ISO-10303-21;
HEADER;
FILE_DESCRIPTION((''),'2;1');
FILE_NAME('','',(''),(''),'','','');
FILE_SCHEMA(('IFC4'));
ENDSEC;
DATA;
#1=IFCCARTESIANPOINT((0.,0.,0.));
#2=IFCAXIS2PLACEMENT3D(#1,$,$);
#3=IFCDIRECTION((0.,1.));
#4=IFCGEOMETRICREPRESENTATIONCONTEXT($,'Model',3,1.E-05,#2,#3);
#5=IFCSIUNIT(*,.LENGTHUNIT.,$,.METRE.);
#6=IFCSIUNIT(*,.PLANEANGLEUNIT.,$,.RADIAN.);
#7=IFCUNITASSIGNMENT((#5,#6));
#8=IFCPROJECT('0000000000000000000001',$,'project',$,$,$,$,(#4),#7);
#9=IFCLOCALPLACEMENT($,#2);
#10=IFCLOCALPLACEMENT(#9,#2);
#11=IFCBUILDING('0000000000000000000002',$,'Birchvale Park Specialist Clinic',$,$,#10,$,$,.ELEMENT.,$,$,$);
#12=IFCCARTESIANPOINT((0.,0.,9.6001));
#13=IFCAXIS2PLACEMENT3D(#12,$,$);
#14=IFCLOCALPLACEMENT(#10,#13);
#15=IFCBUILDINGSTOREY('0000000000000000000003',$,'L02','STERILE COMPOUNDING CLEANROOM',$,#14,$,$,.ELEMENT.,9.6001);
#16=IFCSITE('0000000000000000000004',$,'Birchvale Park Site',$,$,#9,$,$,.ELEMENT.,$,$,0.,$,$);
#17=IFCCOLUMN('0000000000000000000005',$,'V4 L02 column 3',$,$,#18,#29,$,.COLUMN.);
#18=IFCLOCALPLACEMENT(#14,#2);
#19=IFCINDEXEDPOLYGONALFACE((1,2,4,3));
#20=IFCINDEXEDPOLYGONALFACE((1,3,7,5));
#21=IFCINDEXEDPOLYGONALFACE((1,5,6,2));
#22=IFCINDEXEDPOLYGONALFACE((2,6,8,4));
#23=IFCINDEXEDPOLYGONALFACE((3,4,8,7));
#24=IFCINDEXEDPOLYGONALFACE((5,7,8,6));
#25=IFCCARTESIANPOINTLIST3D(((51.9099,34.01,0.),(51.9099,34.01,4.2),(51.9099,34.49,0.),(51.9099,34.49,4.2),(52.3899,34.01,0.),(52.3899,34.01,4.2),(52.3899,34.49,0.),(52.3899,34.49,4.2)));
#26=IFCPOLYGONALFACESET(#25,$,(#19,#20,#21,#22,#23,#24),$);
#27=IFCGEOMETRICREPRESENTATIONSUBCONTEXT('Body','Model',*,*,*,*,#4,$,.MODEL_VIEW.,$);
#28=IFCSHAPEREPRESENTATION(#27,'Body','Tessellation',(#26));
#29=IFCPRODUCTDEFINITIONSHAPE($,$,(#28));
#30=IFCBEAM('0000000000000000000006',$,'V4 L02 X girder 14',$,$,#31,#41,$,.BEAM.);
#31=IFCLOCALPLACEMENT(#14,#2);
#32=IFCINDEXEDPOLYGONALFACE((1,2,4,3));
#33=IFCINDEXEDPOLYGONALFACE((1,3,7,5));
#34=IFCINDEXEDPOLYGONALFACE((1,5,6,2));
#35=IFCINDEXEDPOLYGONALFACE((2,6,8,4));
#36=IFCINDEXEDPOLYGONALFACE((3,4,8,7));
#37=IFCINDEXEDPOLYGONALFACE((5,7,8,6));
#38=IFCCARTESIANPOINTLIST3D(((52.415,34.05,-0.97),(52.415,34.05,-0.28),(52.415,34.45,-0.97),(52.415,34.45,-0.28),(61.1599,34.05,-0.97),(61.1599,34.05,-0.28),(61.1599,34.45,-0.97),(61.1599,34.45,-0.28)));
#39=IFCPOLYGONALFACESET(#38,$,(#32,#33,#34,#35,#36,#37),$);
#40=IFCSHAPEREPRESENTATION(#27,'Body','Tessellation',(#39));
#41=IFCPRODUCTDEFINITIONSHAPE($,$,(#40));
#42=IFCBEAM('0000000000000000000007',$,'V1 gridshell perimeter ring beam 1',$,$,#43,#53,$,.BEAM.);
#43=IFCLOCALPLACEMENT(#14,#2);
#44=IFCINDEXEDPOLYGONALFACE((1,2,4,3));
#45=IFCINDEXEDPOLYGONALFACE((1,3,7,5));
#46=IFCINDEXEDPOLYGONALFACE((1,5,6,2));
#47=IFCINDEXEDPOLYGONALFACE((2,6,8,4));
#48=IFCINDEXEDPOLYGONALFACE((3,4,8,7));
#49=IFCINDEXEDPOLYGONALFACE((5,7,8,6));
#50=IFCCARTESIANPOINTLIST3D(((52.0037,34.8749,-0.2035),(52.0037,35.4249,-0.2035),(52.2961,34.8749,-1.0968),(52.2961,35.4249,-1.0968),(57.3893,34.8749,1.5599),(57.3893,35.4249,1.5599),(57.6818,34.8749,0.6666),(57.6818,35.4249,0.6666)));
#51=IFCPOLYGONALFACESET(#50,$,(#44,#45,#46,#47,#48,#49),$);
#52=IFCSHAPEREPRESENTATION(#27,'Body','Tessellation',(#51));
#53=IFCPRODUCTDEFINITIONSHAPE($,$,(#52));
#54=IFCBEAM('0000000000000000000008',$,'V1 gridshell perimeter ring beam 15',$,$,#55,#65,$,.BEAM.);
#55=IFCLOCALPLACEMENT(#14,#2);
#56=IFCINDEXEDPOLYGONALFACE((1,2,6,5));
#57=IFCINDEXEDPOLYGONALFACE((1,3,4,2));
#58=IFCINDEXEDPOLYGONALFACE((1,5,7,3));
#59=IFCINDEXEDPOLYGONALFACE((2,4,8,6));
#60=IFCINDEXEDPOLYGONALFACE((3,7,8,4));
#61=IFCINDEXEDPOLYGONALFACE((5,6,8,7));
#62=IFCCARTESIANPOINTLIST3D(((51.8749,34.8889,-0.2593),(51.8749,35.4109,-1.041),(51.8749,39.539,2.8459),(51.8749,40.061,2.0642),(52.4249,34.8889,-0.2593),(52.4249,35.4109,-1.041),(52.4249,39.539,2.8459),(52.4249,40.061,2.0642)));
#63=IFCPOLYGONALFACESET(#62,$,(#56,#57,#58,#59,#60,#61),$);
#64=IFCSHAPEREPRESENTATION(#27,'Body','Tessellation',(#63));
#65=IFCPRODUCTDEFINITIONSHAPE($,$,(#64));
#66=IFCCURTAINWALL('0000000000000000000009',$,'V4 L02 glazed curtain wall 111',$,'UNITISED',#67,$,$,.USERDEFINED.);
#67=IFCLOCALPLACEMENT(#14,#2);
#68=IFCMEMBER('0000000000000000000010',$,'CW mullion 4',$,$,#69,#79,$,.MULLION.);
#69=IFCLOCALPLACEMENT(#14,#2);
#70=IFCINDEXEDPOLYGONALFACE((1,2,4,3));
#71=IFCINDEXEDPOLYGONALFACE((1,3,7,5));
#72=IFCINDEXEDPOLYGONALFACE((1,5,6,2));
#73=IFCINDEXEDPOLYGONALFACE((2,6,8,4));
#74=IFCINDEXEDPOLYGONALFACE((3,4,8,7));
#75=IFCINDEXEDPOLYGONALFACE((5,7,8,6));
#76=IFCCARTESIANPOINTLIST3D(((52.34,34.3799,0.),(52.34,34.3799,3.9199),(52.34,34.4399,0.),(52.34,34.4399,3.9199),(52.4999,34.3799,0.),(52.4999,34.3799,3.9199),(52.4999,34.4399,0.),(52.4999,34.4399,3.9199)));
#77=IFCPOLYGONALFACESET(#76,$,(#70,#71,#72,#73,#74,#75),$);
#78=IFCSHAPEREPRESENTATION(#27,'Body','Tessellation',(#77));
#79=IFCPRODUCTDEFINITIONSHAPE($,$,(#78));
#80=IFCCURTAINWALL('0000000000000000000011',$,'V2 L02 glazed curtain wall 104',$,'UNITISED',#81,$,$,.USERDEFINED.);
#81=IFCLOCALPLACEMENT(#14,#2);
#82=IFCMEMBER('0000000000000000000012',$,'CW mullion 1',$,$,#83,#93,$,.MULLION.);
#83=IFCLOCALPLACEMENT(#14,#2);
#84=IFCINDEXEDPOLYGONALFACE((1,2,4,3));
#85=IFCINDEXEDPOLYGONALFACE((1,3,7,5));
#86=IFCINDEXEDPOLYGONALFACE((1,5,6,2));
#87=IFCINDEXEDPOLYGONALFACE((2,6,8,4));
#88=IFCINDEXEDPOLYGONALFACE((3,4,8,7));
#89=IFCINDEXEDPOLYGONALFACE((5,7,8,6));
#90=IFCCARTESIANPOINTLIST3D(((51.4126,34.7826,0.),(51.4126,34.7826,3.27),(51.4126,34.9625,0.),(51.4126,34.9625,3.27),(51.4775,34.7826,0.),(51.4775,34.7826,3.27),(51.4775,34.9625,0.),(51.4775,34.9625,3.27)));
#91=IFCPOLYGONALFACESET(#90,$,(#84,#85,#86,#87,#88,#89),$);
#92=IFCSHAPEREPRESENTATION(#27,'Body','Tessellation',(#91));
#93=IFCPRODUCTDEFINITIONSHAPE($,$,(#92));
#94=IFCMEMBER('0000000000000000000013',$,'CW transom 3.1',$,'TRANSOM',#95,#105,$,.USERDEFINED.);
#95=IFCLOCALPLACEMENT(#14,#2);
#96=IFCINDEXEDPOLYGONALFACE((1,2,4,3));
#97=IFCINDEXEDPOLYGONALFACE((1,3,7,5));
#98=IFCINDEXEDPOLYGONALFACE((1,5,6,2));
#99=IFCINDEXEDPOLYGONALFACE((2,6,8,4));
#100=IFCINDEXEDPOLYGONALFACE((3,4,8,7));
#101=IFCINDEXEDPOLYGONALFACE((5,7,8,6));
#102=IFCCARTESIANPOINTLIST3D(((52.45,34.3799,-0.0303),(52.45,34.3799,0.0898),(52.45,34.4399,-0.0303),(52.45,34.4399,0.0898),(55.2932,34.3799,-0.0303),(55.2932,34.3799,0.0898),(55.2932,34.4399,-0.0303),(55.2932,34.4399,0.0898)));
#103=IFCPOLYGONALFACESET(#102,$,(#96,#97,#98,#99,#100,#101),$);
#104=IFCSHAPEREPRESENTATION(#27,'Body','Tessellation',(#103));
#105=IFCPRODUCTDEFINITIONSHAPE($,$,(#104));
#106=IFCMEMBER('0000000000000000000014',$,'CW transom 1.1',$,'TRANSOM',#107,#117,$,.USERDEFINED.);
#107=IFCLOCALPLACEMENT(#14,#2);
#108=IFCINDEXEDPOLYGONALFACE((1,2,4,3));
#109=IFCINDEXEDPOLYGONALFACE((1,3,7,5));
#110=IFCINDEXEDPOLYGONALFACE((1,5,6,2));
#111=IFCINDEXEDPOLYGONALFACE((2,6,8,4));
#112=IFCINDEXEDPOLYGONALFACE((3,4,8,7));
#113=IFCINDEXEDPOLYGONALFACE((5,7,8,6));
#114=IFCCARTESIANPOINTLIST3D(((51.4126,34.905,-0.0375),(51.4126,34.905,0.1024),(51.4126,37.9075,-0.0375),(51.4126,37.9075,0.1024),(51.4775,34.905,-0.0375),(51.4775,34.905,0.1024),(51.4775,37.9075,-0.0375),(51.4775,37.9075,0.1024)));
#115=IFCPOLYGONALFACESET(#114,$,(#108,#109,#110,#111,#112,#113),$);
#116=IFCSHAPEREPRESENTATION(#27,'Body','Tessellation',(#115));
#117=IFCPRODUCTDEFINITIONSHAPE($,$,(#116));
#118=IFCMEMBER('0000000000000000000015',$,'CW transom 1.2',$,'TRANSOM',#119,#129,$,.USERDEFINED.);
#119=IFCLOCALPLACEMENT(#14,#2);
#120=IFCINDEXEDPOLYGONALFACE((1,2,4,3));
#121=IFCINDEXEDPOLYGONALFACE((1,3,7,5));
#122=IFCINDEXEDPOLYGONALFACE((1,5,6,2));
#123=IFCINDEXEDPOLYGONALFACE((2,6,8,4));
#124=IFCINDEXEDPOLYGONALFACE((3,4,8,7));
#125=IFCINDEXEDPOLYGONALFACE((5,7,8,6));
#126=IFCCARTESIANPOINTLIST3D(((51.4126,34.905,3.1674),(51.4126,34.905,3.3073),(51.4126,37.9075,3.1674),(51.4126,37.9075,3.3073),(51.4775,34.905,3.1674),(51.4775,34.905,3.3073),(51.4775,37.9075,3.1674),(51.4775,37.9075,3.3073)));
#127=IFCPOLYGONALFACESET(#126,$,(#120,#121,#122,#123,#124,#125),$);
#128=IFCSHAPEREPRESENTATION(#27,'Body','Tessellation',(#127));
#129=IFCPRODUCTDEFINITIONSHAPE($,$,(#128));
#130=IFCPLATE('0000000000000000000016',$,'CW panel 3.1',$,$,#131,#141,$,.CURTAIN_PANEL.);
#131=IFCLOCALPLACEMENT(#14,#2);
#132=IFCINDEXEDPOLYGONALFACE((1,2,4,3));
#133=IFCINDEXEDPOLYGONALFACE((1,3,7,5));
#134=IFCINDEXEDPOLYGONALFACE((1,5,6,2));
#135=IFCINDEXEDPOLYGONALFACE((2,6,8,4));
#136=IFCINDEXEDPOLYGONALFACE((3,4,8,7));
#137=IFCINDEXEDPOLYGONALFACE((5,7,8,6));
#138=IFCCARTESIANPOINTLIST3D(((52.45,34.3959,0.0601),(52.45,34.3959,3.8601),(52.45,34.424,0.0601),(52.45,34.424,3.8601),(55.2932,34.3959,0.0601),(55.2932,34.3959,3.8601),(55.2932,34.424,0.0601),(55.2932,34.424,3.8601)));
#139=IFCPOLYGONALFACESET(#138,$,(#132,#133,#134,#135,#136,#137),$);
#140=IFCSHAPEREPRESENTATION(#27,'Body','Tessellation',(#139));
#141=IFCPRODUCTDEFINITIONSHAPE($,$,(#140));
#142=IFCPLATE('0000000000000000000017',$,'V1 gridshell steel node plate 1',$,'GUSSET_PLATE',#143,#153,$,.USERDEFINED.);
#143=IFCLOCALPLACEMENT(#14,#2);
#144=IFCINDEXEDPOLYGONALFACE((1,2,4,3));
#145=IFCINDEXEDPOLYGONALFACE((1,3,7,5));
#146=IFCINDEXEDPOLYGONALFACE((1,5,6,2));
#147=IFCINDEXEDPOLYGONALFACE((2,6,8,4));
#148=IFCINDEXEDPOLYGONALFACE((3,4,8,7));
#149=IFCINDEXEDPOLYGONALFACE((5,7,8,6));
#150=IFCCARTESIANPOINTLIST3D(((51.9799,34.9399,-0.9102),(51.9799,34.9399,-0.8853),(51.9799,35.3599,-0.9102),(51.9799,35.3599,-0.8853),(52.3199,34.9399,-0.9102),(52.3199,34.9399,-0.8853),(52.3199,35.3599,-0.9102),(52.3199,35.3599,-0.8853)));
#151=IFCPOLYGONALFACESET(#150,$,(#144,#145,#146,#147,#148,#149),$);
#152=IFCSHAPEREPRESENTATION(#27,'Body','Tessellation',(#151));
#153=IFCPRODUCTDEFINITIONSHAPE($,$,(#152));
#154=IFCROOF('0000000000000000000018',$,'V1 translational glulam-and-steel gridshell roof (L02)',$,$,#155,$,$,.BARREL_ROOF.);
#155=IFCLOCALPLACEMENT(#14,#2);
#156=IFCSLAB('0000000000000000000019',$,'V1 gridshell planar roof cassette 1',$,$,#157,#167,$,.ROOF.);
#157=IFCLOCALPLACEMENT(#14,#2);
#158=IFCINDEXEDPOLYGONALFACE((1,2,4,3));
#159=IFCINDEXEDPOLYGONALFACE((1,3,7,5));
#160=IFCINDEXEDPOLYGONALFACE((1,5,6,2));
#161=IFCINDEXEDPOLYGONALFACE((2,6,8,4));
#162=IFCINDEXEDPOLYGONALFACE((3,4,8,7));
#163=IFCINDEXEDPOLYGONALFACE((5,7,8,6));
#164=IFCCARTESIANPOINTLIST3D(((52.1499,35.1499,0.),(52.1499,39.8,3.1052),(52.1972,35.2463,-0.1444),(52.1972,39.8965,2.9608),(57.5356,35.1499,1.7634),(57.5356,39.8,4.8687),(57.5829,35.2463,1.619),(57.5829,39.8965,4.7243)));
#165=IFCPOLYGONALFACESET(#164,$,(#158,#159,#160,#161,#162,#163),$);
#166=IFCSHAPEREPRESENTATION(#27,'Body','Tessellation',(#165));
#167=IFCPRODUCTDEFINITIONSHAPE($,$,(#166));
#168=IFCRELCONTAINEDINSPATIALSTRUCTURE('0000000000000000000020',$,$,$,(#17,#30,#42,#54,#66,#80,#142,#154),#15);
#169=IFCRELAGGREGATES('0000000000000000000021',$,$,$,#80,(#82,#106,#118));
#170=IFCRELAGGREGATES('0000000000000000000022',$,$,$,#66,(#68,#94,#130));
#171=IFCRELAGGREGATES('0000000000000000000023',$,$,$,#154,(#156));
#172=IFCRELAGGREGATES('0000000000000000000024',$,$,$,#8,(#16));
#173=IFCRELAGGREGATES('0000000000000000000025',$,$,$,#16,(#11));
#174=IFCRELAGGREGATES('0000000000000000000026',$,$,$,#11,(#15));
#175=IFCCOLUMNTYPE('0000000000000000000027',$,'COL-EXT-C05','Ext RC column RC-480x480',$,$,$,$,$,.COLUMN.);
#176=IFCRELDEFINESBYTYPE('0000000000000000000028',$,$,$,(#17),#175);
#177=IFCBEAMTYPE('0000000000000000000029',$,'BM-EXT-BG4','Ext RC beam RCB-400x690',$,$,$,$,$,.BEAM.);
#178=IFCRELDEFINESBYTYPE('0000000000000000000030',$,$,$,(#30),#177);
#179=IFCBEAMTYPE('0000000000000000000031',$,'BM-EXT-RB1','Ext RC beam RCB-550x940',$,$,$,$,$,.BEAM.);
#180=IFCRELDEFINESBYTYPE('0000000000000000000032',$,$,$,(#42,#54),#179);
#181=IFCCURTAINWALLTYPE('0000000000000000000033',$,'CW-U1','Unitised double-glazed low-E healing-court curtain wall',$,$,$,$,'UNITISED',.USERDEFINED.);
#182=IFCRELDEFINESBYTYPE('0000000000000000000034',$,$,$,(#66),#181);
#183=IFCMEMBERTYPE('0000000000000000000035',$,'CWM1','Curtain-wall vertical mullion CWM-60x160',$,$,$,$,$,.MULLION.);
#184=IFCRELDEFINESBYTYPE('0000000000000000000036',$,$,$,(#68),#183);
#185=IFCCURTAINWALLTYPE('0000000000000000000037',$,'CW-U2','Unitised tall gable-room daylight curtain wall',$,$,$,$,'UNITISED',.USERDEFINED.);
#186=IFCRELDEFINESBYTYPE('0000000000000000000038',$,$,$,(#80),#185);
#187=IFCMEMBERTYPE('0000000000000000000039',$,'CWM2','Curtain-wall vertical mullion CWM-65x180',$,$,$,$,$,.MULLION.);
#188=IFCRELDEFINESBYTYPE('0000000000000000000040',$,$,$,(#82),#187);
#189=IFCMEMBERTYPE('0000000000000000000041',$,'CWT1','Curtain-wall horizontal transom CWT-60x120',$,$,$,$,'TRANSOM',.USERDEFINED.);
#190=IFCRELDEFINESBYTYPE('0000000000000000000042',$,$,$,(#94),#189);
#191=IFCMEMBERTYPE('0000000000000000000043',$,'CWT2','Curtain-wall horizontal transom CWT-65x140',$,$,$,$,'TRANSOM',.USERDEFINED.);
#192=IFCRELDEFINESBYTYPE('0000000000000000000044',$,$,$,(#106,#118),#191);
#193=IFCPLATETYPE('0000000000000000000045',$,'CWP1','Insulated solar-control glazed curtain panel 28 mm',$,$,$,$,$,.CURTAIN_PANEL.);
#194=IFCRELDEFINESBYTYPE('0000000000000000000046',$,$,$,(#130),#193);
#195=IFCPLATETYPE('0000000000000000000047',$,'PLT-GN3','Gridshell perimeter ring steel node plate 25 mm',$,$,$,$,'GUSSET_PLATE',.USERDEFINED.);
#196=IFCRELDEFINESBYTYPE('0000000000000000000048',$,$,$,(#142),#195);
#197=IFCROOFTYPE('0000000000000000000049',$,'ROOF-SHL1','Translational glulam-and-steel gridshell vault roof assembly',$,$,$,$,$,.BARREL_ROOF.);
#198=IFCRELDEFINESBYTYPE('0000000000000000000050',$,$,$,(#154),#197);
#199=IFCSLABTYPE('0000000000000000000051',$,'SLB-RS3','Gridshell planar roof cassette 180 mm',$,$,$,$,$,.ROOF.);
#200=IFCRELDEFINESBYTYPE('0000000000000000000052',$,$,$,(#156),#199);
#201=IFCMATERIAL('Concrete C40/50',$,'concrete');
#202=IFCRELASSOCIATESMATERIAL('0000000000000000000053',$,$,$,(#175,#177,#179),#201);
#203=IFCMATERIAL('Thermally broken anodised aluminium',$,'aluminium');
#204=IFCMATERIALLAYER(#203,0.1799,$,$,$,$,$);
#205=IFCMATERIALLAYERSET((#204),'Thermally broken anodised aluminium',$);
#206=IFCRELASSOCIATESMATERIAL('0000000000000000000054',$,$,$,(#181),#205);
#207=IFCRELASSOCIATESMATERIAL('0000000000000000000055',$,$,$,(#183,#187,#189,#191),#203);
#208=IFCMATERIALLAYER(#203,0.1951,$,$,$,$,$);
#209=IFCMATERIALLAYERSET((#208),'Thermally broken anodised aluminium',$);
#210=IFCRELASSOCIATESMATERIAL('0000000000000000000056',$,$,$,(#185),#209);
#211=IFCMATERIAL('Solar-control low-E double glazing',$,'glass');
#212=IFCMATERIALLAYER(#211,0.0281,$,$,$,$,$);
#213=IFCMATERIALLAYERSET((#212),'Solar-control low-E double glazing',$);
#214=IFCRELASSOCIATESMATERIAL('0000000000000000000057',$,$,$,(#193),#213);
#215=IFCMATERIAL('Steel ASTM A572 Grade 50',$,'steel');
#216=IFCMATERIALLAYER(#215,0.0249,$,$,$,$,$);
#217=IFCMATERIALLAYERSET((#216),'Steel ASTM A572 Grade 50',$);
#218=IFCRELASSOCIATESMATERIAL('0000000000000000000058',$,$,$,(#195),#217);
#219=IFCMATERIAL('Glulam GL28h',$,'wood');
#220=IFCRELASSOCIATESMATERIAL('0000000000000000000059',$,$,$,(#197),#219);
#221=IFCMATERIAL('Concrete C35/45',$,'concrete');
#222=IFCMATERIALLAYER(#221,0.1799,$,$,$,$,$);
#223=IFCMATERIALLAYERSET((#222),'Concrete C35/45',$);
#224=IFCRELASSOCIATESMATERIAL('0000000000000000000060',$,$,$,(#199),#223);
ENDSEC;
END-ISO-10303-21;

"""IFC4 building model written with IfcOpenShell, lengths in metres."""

from ifc_helpers import new_model, si_unit, direction, frame, origin, origin_2d, place, context, subcontext, project, spatial, polyline, rectangle, outline, extrude, material, layer, layer_set, material_profile, profile_set, type_object, element, aggregate, save


model = new_model("IFC4")

# Units and contexts
model_context = context("Model", 3, precision=1e-05, world=origin(), true_north=direction((0.0, 1.0)))
body_context = subcontext(model_context, "Body", "Model", "MODEL_VIEW")
ifc_project = project(units=[si_unit("LENGTHUNIT", "METRE"), si_unit("PLANEANGLEUNIT", "RADIAN")], contexts=[model_context])

# Site, building, storey
site_placement = place(None, origin())
site = spatial("IfcSite", under=ifc_project, at=site_placement, Name="Birchvale Park Site", CompositionType="ELEMENT", RefElevation=0.0)
building_placement = place(site_placement, origin())
building = spatial("IfcBuilding", under=site, at=building_placement, Name="Birchvale Park Specialist Clinic", CompositionType="ELEMENT")
storey_placement = place(building_placement, frame((0.0, 0.0, 9.6001)))
storey = spatial("IfcBuildingStorey", under=building, at=storey_placement, Name="L02", Description="STERILE COMPOUNDING CLEANROOM", CompositionType="ELEMENT", Elevation=9.6001)

# Column
ifc_material_1 = material(Name="Concrete C40/50", Category="concrete")
ifc_material_profile_1 = material_profile(ifc_material_1, rectangle(XDim=0.48, YDim=0.48, at=origin_2d()), Name="RC-480x480")
ifc_profile_set_1 = profile_set([ifc_material_profile_1], Name="Concrete C40/50")
column_type = type_object("IfcColumnType", Name="COL-EXT-C05", Description="Ext RC column RC-480x480", PredefinedType="COLUMN", material=ifc_profile_set_1)
column_placement = place(storey_placement, frame((52.1499, 34.25, 0.0), z_axis=(0.0, 0.0, 1.0), x_axis=(1.0, 0.0, 0.0)))
element("IfcColumn", 1, at=column_placement, inside=storey, type_object=column_type, Name="V4 L02 column 3", PredefinedType="COLUMN", context=body_context, shape_type="SweptSolid", body=[
    extrude(rectangle(XDim=0.48, YDim=0.48, at=origin_2d()), origin(), (0.0, 0.0, 1.0), 4.2),
])

# Beams
ifc_material_profile_2 = material_profile(ifc_material_1, rectangle(XDim=0.3999, YDim=0.6899, at=origin_2d()), Name="RCB-400x690")
ifc_profile_set_2 = profile_set([ifc_material_profile_2], Name="Concrete C40/50")
beam_type_1 = type_object("IfcBeamType", Name="BM-EXT-BG4", Description="Ext RC beam RCB-400x690", PredefinedType="BEAM", material=ifc_profile_set_2)
beam_1_placement = place(storey_placement, frame((52.415, 34.25, -0.625), z_axis=(1.0, 0.0, 0.0), x_axis=(0.0, 1.0, 0.0)))
element("IfcBeam", 2, at=beam_1_placement, inside=storey, type_object=beam_type_1, Name="V4 L02 X girder 14", PredefinedType="BEAM", context=body_context, shape_type="SweptSolid", body=[
    extrude(rectangle(XDim=0.3999, YDim=0.6899, at=origin_2d()), origin(), (0.0, 0.0, 1.0), 8.7449),
])
ifc_material_profile_3 = material_profile(ifc_material_1, rectangle(XDim=0.55, YDim=0.9399, at=origin_2d()), Name="RCB-550x940")
ifc_profile_set_3 = profile_set([ifc_material_profile_3], Name="Concrete C40/50")
beam_type_2 = type_object("IfcBeamType", Name="BM-EXT-RB1", Description="Ext RC beam RCB-550x940", PredefinedType="BEAM", material=ifc_profile_set_3)
beam_2_placement = place(storey_placement, frame((52.1499, 35.1499, -0.6501), z_axis=(0.950354, 0.0, 0.31117), x_axis=(0.0, 1.0, 0.0)))
element("IfcBeam", 3, at=beam_2_placement, inside=storey, type_object=beam_type_2, Name="V1 gridshell perimeter ring beam 1", PredefinedType="BEAM", context=body_context, shape_type="SweptSolid", body=[
    extrude(rectangle(XDim=0.55, YDim=0.9399, at=origin_2d()), origin(), (0.0, 0.0, 1.0), 5.667),
])
beam_3_placement = place(storey_placement, frame((52.1499, 35.1499, -0.6501), z_axis=(0.0, 0.831627, 0.555335), x_axis=(-1.0, 0.0, 0.0)))
element("IfcBeam", 4, at=beam_3_placement, inside=storey, type_object=beam_type_2, Name="V1 gridshell perimeter ring beam 15", PredefinedType="BEAM", context=body_context, shape_type="SweptSolid", body=[
    extrude(rectangle(XDim=0.55, YDim=0.9399, at=origin_2d()), origin(), (0.0, 0.0, 1.0), 5.5916),
])

# Curtain walls, members
ifc_material_2 = material(Name="Thermally broken anodised aluminium", Category="aluminium")
ifc_layer_1 = layer(ifc_material_2, 0.1799)
ifc_layer_set_1 = layer_set([ifc_layer_1], Name="Thermally broken anodised aluminium")
curtain_wall_type_1 = type_object("IfcCurtainWallType", Name="CW-U1", Description="Unitised double-glazed low-E healing-court curtain wall", ElementType="UNITISED", PredefinedType="USERDEFINED", material=ifc_layer_set_1)
curtain_wall_1_placement = place(storey_placement, origin())
curtain_wall_1 = element("IfcCurtainWall", 5, at=curtain_wall_1_placement, inside=storey, type_object=curtain_wall_type_1, Name="V4 L02 glazed curtain wall 111", ObjectType="UNITISED", PredefinedType="USERDEFINED")
ifc_material_profile_4 = material_profile(ifc_material_2, rectangle(XDim=0.0601, YDim=0.1599, at=origin_2d()), Name="CWM-60x160")
ifc_profile_set_4 = profile_set([ifc_material_profile_4], Name="Thermally broken anodised aluminium")
member_type_1 = type_object("IfcMemberType", Name="CWM1", Description="Curtain-wall vertical mullion CWM-60x160", PredefinedType="MULLION", material=ifc_profile_set_4)
member_1_placement = place(storey_placement, frame((52.4199, 34.4099, 0.0), z_axis=(0.0, 0.0, 1.0), x_axis=(0.0, -1.0, 0.0)))
member_1 = element("IfcMember", 6, at=member_1_placement, type_object=member_type_1, Name="CW mullion 4", PredefinedType="MULLION", context=body_context, shape_type="SweptSolid", body=[
    extrude(rectangle(XDim=0.0601, YDim=0.1599, at=origin_2d()), origin(), (0.0, 0.0, 1.0), 3.9199),
])
ifc_layer_2 = layer(ifc_material_2, 0.1951)
ifc_layer_set_2 = layer_set([ifc_layer_2], Name="Thermally broken anodised aluminium")
curtain_wall_type_2 = type_object("IfcCurtainWallType", Name="CW-U2", Description="Unitised tall gable-room daylight curtain wall", ElementType="UNITISED", PredefinedType="USERDEFINED", material=ifc_layer_set_2)
curtain_wall_2_placement = place(storey_placement, origin())
curtain_wall_2 = element("IfcCurtainWall", 7, at=curtain_wall_2_placement, inside=storey, type_object=curtain_wall_type_2, Name="V2 L02 glazed curtain wall 104", ObjectType="UNITISED", PredefinedType="USERDEFINED")
ifc_material_profile_5 = material_profile(ifc_material_2, rectangle(XDim=0.0649, YDim=0.1799, at=origin_2d()), Name="CWM-65x180")
ifc_profile_set_5 = profile_set([ifc_material_profile_5], Name="Thermally broken anodised aluminium")
member_type_2 = type_object("IfcMemberType", Name="CWM2", Description="Curtain-wall vertical mullion CWM-65x180", PredefinedType="MULLION", material=ifc_profile_set_5)
member_2_placement = place(storey_placement, frame((51.4451, 34.8726, 0.0), z_axis=(0.0, 0.0, 1.0), x_axis=(-1.0, 0.0, 0.0)))
member_2 = element("IfcMember", 8, at=member_2_placement, type_object=member_type_2, Name="CW mullion 1", PredefinedType="MULLION", context=body_context, shape_type="SweptSolid", body=[
    extrude(rectangle(XDim=0.0649, YDim=0.1799, at=origin_2d()), origin(), (0.0, 0.0, 1.0), 3.27),
])

# Members
ifc_material_profile_6 = material_profile(ifc_material_2, rectangle(XDim=0.0601, YDim=0.1201, at=origin_2d()), Name="CWT-60x120")
ifc_profile_set_6 = profile_set([ifc_material_profile_6], Name="Thermally broken anodised aluminium")
member_type_3 = type_object("IfcMemberType", Name="CWT1", Description="Curtain-wall horizontal transom CWT-60x120", ElementType="TRANSOM", PredefinedType="USERDEFINED", material=ifc_profile_set_6)
member_3_placement = place(storey_placement, frame((55.2932, 34.4099, 0.0298), z_axis=(-1.0, 0.0, 0.0), x_axis=(0.0, -1.0, 0.0)))
member_3 = element("IfcMember", 9, at=member_3_placement, type_object=member_type_3, Name="CW transom 3.1", ObjectType="TRANSOM", PredefinedType="USERDEFINED", context=body_context, shape_type="SweptSolid", body=[
    extrude(rectangle(XDim=0.0601, YDim=0.1201, at=origin_2d()), origin(), (0.0, 0.0, 1.0), 2.8433),
])
ifc_material_profile_7 = material_profile(ifc_material_2, rectangle(XDim=0.0649, YDim=0.1399, at=origin_2d()), Name="CWT-65x140")
ifc_profile_set_7 = profile_set([ifc_material_profile_7], Name="Thermally broken anodised aluminium")
member_type_4 = type_object("IfcMemberType", Name="CWT2", Description="Curtain-wall horizontal transom CWT-65x140", ElementType="TRANSOM", PredefinedType="USERDEFINED", material=ifc_profile_set_7)
member_4_placement = place(storey_placement, frame((51.4451, 34.905, 0.0325), z_axis=(0.0, 1.0, 0.0), x_axis=(-1.0, 0.0, 0.0)))
member_4 = element("IfcMember", 10, at=member_4_placement, type_object=member_type_4, Name="CW transom 1.1", ObjectType="TRANSOM", PredefinedType="USERDEFINED", context=body_context, shape_type="SweptSolid", body=[
    extrude(rectangle(XDim=0.0649, YDim=0.1399, at=origin_2d()), origin(), (0.0, 0.0, 1.0), 3.0024),
])
member_5_placement = place(storey_placement, frame((51.4451, 34.905, 3.2373), z_axis=(0.0, 1.0, 0.0), x_axis=(-1.0, 0.0, 0.0)))
member_5 = element("IfcMember", 11, at=member_5_placement, type_object=member_type_4, Name="CW transom 1.2", ObjectType="TRANSOM", PredefinedType="USERDEFINED", context=body_context, shape_type="SweptSolid", body=[
    extrude(rectangle(XDim=0.0649, YDim=0.1399, at=origin_2d()), origin(), (0.0, 0.0, 1.0), 3.0024),
])
aggregate(curtain_wall_2, [member_2, member_4, member_5])

# Plates
ifc_material_3 = material(Name="Solar-control low-E double glazing", Category="glass")
ifc_layer_3 = layer(ifc_material_3, 0.0281)
ifc_layer_set_3 = layer_set([ifc_layer_3], Name="Solar-control low-E double glazing")
plate_type_1 = type_object("IfcPlateType", Name="CWP1", Description="Insulated solar-control glazed curtain panel 28 mm", PredefinedType="CURTAIN_PANEL", material=ifc_layer_set_3)
plate_1_placement = place(storey_placement, frame((53.8716, 34.4099, 0.0601), z_axis=(0.0, 0.0, 1.0), x_axis=(-1.0, 0.0, 0.0)))
plate_1 = element("IfcPlate", 12, at=plate_1_placement, type_object=plate_type_1, Name="CW panel 3.1", PredefinedType="CURTAIN_PANEL", context=body_context, shape_type="SweptSolid", body=[
    extrude(rectangle(XDim=2.8433, YDim=0.0281, at=origin_2d()), origin(), (0.0, 0.0, 1.0), 3.8),
])
aggregate(curtain_wall_1, [member_1, member_3, plate_1])
ifc_material_4 = material(Name="Steel ASTM A572 Grade 50", Category="steel")
ifc_layer_4 = layer(ifc_material_4, 0.0249)
ifc_layer_set_4 = layer_set([ifc_layer_4], Name="Steel ASTM A572 Grade 50")
plate_type_2 = type_object("IfcPlateType", Name="PLT-GN3", Description="Gridshell perimeter ring steel node plate 25 mm", ElementType="GUSSET_PLATE", PredefinedType="USERDEFINED", material=ifc_layer_set_4)
plate_2_placement = place(storey_placement, frame((52.1499, 35.1499, -0.9102), z_axis=(0.0, 0.0, 1.0), x_axis=(1.0, 0.0, 0.0)))
element("IfcPlate", 13, at=plate_2_placement, inside=storey, type_object=plate_type_2, Name="V1 gridshell steel node plate 1", ObjectType="GUSSET_PLATE", PredefinedType="USERDEFINED", context=body_context, shape_type="SweptSolid", body=[
    extrude(rectangle(XDim=0.3401, YDim=0.4199, at=origin_2d()), origin(), (0.0, 0.0, 1.0), 0.0249),
])

# Roof, slab
ifc_material_5 = material(Name="Glulam GL28h", Category="wood")
roof_type = type_object("IfcRoofType", Name="ROOF-SHL1", Description="Translational glulam-and-steel gridshell vault roof assembly", PredefinedType="BARREL_ROOF", material=ifc_material_5)
roof_placement = place(storey_placement, origin())
roof = element("IfcRoof", 14, at=roof_placement, inside=storey, type_object=roof_type, Name="V1 translational glulam-and-steel gridshell roof (L02)", PredefinedType="BARREL_ROOF")
ifc_material_6 = material(Name="Concrete C35/45", Category="concrete")
ifc_layer_5 = layer(ifc_material_6, 0.1799)
ifc_layer_set_5 = layer_set([ifc_layer_5], Name="Concrete C35/45")
slab_type = type_object("IfcSlabType", Name="SLB-RS3", Description="Gridshell planar roof cassette 180 mm", PredefinedType="ROOF", material=ifc_layer_set_5)
slab_placement = place(storey_placement, frame((52.1499, 35.1499, 0.0), z_axis=(-0.26273, -0.535826, 0.802411), x_axis=(0.950354, 0.0, 0.31117)))
slab = element("IfcSlab", 15, at=slab_placement, type_object=slab_type, Name="V1 gridshell planar roof cassette 1", PredefinedType="ROOF", context=body_context, shape_type="SweptSolid", body=[
    extrude(outline(polyline([(0.0, 0.0), (5.6671, 0.0), (6.6333, 5.5075), (0.9663, 5.5075), (0.0, 0.0)])), origin(), (0.0, 0.0, -1.0), 0.1799),
])
aggregate(roof, [slab])

save(model, "model.ifc")
